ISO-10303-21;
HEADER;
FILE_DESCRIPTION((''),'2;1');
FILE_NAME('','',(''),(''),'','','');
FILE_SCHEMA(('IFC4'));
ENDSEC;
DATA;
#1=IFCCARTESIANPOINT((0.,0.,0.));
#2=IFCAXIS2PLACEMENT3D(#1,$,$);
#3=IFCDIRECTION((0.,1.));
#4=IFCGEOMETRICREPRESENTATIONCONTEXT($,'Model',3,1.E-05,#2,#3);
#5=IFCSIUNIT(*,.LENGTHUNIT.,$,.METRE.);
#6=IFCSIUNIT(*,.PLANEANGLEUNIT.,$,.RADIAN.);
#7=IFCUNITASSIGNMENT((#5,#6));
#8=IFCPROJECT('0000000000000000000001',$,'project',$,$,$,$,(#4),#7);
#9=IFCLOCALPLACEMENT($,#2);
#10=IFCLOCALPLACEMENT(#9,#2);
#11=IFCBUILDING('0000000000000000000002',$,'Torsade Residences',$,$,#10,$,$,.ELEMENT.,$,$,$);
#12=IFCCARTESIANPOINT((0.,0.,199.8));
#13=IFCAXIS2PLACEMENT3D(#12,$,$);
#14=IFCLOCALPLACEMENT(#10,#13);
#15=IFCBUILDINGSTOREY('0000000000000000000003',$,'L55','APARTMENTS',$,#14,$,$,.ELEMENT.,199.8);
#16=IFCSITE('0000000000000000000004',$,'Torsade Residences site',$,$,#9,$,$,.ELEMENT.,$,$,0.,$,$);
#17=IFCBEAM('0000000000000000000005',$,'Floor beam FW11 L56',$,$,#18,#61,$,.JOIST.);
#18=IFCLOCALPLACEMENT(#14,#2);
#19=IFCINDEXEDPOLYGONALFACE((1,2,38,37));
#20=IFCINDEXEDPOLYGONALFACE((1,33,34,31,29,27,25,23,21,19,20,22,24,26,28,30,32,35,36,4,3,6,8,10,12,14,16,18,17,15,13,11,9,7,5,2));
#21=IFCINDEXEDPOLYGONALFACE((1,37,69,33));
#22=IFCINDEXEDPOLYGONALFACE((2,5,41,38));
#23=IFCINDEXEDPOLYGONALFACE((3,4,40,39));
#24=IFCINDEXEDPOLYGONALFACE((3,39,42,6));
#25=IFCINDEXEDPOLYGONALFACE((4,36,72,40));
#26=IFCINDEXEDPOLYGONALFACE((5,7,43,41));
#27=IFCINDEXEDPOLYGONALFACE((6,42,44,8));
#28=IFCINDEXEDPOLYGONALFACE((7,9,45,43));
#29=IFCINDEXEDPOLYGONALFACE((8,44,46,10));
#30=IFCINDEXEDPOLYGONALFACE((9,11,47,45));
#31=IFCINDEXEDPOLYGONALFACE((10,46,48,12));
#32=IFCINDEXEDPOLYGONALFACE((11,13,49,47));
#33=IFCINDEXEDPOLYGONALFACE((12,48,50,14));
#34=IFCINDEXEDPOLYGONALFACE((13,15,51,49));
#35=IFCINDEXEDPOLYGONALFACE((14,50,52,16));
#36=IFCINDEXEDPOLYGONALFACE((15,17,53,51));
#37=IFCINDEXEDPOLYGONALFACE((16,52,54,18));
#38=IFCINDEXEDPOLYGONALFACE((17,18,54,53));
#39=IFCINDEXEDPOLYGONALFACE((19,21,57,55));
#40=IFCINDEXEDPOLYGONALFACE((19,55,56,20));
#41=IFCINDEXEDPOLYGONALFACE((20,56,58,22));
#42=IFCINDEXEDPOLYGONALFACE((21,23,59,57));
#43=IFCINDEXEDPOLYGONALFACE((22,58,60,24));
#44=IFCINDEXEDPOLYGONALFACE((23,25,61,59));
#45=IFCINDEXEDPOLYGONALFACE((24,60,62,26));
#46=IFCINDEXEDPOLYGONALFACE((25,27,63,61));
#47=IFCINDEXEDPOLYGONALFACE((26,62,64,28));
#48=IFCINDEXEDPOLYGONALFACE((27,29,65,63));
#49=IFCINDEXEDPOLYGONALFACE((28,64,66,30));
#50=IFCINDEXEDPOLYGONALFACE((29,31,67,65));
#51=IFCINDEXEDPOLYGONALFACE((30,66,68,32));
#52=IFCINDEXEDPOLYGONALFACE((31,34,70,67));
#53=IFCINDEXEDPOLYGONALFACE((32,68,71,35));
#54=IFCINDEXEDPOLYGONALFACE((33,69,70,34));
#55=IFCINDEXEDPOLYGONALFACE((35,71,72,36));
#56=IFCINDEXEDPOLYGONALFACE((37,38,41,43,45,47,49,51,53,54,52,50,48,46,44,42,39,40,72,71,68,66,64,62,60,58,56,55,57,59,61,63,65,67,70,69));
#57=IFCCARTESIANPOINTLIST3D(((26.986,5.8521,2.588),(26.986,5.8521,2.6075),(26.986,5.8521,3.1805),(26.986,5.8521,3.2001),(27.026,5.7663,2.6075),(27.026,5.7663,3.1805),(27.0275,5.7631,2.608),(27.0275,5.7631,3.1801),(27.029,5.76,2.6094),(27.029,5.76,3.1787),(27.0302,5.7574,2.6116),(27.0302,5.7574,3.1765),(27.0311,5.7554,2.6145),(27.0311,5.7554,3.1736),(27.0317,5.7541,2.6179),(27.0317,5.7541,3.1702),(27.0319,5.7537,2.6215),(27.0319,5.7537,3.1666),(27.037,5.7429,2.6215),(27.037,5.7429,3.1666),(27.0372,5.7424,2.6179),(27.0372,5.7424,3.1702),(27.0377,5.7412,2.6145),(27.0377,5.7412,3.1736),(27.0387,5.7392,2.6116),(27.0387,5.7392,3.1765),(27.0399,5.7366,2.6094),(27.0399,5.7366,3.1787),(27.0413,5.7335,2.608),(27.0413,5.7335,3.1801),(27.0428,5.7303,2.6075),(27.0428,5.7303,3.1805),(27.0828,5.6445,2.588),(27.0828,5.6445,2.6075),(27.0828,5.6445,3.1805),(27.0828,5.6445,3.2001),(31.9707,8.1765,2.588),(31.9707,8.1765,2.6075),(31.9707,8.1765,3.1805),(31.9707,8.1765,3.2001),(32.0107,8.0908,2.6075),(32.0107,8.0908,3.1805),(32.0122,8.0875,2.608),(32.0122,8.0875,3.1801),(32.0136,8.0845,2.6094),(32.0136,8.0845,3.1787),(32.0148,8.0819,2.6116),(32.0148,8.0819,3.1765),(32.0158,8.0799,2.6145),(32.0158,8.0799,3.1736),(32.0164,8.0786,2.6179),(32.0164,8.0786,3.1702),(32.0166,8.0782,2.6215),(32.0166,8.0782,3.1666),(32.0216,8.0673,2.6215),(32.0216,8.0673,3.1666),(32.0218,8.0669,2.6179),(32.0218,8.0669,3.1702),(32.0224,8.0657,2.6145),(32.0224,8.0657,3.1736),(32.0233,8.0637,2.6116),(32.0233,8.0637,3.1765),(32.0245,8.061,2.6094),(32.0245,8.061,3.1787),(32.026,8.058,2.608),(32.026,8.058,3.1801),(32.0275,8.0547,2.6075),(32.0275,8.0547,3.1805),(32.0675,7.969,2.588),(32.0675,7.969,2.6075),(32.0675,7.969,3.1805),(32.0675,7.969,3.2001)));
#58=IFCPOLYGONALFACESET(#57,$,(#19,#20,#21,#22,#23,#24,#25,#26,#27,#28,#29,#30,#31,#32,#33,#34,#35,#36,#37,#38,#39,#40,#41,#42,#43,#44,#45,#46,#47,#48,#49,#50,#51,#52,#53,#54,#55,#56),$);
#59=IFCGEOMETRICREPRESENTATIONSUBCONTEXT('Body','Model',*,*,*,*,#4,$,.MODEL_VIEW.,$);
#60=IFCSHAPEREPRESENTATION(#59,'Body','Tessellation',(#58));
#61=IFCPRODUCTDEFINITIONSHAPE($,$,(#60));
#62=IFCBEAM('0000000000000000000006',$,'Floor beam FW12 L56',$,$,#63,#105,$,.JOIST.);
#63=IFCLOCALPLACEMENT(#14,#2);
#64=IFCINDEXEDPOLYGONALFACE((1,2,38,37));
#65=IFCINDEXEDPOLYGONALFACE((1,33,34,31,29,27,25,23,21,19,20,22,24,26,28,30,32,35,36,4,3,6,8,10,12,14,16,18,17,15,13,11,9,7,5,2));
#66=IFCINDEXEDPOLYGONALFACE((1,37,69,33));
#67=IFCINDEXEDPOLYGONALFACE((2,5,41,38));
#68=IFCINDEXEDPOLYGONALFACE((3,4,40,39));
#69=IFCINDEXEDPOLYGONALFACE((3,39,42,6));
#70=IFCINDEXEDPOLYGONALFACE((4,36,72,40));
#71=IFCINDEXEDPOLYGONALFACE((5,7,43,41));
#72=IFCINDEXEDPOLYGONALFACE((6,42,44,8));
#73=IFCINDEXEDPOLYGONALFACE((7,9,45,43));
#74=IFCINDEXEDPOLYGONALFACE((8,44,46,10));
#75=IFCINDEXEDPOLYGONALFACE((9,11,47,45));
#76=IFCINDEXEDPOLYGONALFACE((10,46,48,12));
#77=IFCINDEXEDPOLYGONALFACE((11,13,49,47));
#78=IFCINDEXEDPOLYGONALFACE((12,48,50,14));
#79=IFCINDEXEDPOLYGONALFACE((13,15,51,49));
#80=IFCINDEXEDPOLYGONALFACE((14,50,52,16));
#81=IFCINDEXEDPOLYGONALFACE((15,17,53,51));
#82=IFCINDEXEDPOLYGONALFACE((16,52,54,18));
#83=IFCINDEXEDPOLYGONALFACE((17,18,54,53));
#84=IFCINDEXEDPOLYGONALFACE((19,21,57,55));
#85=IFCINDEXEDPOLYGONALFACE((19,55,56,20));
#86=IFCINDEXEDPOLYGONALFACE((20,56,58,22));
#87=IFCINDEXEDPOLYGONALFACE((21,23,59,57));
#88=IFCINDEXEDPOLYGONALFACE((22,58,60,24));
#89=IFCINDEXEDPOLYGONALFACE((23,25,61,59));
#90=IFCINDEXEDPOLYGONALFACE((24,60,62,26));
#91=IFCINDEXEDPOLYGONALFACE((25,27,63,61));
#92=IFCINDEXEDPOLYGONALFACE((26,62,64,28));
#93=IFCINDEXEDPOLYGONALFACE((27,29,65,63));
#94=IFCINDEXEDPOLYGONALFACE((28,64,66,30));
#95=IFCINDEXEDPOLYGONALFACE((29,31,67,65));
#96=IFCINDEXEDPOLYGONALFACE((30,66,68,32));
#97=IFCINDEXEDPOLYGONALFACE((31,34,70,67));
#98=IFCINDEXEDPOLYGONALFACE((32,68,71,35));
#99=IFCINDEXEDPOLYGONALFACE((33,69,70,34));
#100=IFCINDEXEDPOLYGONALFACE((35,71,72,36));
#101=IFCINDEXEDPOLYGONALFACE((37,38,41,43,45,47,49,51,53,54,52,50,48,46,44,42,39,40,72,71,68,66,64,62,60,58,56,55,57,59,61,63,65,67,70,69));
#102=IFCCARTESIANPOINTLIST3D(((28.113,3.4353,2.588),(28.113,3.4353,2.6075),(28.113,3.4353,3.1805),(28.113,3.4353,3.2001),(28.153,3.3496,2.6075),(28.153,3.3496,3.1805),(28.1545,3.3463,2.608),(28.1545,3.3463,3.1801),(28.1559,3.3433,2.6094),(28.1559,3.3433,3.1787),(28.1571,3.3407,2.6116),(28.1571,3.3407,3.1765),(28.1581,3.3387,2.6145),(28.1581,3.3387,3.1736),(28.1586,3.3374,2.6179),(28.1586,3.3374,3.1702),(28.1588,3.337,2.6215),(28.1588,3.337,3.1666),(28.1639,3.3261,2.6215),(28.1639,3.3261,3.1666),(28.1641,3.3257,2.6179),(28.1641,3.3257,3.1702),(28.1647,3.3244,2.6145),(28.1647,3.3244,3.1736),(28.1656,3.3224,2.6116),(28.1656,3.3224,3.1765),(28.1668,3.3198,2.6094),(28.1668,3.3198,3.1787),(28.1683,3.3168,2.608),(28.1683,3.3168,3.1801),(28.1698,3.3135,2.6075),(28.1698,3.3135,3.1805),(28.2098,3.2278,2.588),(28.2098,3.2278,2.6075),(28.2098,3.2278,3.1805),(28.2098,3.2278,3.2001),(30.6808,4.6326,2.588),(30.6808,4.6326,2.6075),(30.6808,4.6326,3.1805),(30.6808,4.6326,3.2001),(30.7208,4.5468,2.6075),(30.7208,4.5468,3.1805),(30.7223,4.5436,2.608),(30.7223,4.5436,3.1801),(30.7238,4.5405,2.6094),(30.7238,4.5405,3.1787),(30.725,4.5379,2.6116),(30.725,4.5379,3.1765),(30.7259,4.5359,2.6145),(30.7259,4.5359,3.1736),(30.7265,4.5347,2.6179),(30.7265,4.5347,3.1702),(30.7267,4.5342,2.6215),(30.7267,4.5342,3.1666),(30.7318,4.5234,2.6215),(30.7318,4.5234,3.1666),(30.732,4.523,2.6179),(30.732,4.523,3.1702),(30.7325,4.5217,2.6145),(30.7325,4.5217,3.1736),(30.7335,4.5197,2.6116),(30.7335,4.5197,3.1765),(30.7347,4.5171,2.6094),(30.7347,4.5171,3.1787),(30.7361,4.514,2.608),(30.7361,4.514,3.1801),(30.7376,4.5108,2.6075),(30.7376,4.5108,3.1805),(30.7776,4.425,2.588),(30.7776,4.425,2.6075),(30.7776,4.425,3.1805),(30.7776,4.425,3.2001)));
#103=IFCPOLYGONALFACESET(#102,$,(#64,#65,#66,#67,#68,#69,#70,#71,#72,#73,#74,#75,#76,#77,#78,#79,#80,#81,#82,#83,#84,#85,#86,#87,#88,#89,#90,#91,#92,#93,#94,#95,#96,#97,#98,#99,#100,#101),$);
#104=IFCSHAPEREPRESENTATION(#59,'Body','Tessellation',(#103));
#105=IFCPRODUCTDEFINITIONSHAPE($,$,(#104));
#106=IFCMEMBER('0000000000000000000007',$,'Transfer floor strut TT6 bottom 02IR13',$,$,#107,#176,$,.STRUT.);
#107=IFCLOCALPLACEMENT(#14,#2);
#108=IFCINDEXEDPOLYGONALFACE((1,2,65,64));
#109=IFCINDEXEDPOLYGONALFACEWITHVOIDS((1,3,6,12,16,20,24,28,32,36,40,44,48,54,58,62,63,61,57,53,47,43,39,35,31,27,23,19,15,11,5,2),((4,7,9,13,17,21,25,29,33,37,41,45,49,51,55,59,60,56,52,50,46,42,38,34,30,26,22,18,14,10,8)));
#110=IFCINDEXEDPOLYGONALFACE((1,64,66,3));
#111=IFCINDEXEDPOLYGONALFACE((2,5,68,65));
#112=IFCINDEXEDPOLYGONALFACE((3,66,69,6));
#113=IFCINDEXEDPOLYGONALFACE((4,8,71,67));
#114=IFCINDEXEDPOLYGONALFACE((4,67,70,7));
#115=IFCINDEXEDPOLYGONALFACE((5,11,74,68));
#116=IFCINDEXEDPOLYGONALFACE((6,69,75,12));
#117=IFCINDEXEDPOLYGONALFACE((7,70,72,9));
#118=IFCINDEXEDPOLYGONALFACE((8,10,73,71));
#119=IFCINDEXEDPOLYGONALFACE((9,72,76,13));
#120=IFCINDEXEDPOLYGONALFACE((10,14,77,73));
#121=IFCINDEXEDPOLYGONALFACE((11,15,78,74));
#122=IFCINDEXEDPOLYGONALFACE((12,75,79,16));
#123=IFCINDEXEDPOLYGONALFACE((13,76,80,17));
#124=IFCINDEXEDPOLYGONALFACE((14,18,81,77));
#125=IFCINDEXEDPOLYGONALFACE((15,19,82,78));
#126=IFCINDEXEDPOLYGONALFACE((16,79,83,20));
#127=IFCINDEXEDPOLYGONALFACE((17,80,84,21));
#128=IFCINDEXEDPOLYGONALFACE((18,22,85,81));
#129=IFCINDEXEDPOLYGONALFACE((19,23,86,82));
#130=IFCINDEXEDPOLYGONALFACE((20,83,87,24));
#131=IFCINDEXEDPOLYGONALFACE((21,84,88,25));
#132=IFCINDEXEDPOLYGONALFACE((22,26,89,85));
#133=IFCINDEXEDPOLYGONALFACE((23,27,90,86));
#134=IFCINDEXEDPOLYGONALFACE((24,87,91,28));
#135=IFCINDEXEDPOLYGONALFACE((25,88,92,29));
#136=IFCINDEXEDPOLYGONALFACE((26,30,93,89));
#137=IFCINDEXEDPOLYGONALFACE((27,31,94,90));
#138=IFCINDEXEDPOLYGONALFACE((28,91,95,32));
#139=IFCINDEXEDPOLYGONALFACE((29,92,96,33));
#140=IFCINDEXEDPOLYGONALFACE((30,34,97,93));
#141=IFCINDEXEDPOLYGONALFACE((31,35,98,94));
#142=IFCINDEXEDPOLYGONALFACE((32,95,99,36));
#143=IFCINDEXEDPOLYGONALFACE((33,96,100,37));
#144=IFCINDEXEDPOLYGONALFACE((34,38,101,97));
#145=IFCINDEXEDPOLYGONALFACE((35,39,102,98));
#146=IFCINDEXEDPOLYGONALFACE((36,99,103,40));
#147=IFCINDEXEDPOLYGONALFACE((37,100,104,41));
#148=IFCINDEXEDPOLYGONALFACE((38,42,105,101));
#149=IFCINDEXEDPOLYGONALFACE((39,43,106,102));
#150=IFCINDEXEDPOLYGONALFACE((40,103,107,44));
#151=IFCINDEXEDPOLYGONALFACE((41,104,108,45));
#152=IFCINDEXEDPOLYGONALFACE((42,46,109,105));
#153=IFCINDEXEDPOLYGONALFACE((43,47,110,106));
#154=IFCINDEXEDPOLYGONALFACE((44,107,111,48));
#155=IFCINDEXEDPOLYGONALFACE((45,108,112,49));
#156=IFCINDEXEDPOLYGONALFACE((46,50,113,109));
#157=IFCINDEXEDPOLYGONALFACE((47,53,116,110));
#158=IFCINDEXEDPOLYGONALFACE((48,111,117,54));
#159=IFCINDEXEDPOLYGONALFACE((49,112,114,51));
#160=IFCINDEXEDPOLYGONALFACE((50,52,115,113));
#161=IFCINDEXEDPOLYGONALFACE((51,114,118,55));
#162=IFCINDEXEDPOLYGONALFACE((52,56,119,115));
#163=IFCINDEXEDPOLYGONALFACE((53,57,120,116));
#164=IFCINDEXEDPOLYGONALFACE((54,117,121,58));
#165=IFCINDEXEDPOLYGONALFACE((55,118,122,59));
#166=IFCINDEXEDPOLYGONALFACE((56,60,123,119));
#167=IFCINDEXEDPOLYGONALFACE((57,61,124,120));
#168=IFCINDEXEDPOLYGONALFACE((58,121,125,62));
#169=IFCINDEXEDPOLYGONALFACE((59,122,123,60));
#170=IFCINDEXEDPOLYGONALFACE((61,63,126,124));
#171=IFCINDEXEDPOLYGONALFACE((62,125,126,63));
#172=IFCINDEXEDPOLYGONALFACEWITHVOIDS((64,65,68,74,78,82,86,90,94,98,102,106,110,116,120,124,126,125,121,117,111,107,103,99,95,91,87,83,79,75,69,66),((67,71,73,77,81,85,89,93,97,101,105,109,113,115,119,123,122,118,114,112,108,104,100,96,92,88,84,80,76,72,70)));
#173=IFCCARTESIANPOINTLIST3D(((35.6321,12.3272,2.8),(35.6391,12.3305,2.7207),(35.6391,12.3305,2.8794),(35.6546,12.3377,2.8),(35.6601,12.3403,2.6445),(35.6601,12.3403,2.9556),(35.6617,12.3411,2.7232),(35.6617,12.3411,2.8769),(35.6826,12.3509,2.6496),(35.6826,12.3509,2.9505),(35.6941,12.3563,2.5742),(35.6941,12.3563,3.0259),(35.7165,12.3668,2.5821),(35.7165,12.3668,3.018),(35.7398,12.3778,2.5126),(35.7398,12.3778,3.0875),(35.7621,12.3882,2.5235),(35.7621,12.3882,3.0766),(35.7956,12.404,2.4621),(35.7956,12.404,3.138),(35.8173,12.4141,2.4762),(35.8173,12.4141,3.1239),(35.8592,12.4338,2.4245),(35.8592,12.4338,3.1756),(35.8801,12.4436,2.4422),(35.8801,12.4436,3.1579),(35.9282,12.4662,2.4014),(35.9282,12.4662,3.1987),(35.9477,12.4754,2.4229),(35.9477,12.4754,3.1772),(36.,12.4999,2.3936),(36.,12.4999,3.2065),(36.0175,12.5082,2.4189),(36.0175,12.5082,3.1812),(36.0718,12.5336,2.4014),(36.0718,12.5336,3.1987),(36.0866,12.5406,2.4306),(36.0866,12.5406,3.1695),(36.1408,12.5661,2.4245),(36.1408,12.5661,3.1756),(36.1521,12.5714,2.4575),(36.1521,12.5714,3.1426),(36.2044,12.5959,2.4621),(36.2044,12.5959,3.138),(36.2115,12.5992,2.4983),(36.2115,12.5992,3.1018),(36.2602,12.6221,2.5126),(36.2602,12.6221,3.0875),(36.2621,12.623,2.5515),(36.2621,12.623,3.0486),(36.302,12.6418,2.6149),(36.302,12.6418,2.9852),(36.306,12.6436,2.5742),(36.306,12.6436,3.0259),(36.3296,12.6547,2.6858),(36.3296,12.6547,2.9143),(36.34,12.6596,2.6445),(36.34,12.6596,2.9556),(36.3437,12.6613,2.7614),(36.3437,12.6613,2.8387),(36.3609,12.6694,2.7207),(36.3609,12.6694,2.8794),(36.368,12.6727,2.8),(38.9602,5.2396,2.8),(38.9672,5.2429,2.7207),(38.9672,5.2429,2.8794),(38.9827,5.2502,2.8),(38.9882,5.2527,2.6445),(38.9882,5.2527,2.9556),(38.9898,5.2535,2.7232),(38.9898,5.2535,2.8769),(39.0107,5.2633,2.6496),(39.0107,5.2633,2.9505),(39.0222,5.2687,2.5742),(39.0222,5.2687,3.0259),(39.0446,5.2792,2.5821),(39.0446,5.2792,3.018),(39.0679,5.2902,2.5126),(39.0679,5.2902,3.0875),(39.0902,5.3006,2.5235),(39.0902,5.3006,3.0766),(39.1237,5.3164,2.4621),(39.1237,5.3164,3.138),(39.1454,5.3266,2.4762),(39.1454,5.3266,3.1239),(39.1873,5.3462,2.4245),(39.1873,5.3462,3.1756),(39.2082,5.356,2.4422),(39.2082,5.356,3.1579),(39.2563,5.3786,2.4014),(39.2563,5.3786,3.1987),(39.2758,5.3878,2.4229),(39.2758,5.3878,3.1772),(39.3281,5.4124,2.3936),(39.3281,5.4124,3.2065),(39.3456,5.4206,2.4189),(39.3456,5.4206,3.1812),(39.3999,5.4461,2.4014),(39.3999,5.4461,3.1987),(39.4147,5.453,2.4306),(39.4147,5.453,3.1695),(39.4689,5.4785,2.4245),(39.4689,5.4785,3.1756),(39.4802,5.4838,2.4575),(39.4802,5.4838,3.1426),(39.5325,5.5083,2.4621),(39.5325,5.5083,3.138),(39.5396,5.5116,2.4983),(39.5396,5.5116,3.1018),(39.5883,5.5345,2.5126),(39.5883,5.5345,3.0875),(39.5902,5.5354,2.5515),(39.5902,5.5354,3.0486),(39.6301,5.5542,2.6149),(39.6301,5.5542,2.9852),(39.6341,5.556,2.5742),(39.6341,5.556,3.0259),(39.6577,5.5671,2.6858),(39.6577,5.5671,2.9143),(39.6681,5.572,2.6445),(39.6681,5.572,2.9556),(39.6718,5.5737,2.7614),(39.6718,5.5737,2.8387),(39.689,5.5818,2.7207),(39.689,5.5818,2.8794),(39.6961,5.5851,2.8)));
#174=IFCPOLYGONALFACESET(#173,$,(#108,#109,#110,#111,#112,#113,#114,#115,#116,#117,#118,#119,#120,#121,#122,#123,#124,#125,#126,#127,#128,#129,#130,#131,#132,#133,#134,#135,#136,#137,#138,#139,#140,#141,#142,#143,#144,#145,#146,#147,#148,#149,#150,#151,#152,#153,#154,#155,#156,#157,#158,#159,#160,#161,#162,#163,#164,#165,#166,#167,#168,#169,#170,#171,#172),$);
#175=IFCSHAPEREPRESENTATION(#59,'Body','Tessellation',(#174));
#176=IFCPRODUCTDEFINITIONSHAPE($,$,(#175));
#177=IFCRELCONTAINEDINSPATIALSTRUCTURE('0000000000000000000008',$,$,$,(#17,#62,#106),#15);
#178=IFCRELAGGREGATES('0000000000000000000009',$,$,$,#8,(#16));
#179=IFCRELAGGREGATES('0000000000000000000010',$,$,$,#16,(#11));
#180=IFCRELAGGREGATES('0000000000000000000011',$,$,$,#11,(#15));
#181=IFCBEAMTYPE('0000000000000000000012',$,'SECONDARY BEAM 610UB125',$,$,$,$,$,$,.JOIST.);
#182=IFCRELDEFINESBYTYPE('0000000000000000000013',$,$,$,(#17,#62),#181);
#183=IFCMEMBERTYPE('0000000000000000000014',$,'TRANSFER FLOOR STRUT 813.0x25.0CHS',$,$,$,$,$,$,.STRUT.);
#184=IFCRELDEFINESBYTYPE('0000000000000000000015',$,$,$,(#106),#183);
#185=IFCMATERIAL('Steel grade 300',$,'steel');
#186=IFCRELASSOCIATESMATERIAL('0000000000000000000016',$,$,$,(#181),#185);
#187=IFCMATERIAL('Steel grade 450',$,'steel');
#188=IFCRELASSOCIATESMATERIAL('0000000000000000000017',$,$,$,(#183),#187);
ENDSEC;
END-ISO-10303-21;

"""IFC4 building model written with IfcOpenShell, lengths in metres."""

from ifc_helpers import new_model, si_unit, direction, frame, origin, origin_2d, place, context, subcontext, project, spatial, hollow_circle, i_section, extrude, material, material_profile, profile_set, type_object, element, save


model = new_model("IFC4")

# Units and contexts
model_context = context("Model", 3, precision=1e-05, world=origin(), true_north=direction((0.0, 1.0)))
body_context = subcontext(model_context, "Body", "Model", "MODEL_VIEW")
ifc_project = project(units=[si_unit("LENGTHUNIT", "METRE"), si_unit("PLANEANGLEUNIT", "RADIAN")], contexts=[model_context])

# Site, building, storey
site_placement = place(None, origin())
site = spatial("IfcSite", under=ifc_project, at=site_placement, Name="Torsade Residences site", CompositionType="ELEMENT", RefElevation=0.0)
building_placement = place(site_placement, origin())
building = spatial("IfcBuilding", under=site, at=building_placement, Name="Torsade Residences", CompositionType="ELEMENT")
storey_placement = place(building_placement, frame((0.0, 0.0, 199.8)))
storey = spatial("IfcBuildingStorey", under=building, at=storey_placement, Name="L55", Description="APARTMENTS", CompositionType="ELEMENT", Elevation=199.8)

# Beams
ifc_material_1 = material(Name="Steel grade 300", Category="steel")
ifc_material_profile_1 = material_profile(ifc_material_1, i_section(OverallWidth=0.229, OverallDepth=0.6121, WebThickness=0.012, FlangeThickness=0.0195, FilletRadius=0.0139, at=origin_2d()), Name="610UB125")
ifc_profile_set_1 = profile_set([ifc_material_profile_1], Name="Steel grade 300")
beam_type_1 = type_object("IfcBeamType", Name="SECONDARY BEAM 610UB125", PredefinedType="JOIST", material=ifc_profile_set_1)
beam_1_placement = place(storey_placement, frame((27.0344, 5.7483, 2.894), z_axis=(0.906301, 0.422633, 0.0), x_axis=(-0.422633, 0.906301, 0.0)))
element("IfcBeam", 1, at=beam_1_placement, inside=storey, type_object=beam_type_1, Name="Floor beam FW11 L56", PredefinedType="JOIST", context=body_context, shape_type="SweptSolid", body=[
    extrude(i_section(OverallWidth=0.229, OverallDepth=0.6121, WebThickness=0.012, FlangeThickness=0.0195, FilletRadius=0.0139, at=origin_2d()), origin(), (0.0, 0.0, 1.0), 5.5),
])
beam_2_placement = place(storey_placement, frame((28.1614, 3.3315, 2.894), z_axis=(0.906328, 0.422574, 0.0), x_axis=(-0.422574, 0.906328, 0.0)))
element("IfcBeam", 2, at=beam_2_placement, inside=storey, type_object=beam_type_1, Name="Floor beam FW12 L56", PredefinedType="JOIST", context=body_context, shape_type="SweptSolid", body=[
    extrude(i_section(OverallWidth=0.229, OverallDepth=0.6121, WebThickness=0.012, FlangeThickness=0.0195, FilletRadius=0.0139, at=origin_2d()), origin(), (0.0, 0.0, 1.0), 2.8333),
])

# Member
ifc_material_2 = material(Name="Steel grade 450", Category="steel")
ifc_material_profile_2 = material_profile(ifc_material_2, hollow_circle(Radius=0.4065, WallThickness=0.0249, at=origin_2d()), Name="813.0x25.0CHS")
ifc_profile_set_2 = profile_set([ifc_material_profile_2], Name="Steel grade 450")
member_type_1 = type_object("IfcMemberType", Name="TRANSFER FLOOR STRUT 813.0x25.0CHS", PredefinedType="STRUT", material=ifc_profile_set_2)
member_1_placement = place(storey_placement, frame((39.3281, 5.4124, 2.8), z_axis=(-0.42504, 0.905175, 0.0), x_axis=(-0.905175, -0.42504, 0.0)))
element("IfcMember", 3, at=member_1_placement, inside=storey, type_object=member_type_1, Name="Transfer floor strut TT6 bottom 02IR13", PredefinedType="STRUT", context=body_context, shape_type="SweptSolid", body=[
    extrude(hollow_circle(Radius=0.4065, WallThickness=0.0249, at=origin_2d()), origin(), (0.0, 0.0, 1.0), 7.8301),
])

save(model, "model.ifc")
